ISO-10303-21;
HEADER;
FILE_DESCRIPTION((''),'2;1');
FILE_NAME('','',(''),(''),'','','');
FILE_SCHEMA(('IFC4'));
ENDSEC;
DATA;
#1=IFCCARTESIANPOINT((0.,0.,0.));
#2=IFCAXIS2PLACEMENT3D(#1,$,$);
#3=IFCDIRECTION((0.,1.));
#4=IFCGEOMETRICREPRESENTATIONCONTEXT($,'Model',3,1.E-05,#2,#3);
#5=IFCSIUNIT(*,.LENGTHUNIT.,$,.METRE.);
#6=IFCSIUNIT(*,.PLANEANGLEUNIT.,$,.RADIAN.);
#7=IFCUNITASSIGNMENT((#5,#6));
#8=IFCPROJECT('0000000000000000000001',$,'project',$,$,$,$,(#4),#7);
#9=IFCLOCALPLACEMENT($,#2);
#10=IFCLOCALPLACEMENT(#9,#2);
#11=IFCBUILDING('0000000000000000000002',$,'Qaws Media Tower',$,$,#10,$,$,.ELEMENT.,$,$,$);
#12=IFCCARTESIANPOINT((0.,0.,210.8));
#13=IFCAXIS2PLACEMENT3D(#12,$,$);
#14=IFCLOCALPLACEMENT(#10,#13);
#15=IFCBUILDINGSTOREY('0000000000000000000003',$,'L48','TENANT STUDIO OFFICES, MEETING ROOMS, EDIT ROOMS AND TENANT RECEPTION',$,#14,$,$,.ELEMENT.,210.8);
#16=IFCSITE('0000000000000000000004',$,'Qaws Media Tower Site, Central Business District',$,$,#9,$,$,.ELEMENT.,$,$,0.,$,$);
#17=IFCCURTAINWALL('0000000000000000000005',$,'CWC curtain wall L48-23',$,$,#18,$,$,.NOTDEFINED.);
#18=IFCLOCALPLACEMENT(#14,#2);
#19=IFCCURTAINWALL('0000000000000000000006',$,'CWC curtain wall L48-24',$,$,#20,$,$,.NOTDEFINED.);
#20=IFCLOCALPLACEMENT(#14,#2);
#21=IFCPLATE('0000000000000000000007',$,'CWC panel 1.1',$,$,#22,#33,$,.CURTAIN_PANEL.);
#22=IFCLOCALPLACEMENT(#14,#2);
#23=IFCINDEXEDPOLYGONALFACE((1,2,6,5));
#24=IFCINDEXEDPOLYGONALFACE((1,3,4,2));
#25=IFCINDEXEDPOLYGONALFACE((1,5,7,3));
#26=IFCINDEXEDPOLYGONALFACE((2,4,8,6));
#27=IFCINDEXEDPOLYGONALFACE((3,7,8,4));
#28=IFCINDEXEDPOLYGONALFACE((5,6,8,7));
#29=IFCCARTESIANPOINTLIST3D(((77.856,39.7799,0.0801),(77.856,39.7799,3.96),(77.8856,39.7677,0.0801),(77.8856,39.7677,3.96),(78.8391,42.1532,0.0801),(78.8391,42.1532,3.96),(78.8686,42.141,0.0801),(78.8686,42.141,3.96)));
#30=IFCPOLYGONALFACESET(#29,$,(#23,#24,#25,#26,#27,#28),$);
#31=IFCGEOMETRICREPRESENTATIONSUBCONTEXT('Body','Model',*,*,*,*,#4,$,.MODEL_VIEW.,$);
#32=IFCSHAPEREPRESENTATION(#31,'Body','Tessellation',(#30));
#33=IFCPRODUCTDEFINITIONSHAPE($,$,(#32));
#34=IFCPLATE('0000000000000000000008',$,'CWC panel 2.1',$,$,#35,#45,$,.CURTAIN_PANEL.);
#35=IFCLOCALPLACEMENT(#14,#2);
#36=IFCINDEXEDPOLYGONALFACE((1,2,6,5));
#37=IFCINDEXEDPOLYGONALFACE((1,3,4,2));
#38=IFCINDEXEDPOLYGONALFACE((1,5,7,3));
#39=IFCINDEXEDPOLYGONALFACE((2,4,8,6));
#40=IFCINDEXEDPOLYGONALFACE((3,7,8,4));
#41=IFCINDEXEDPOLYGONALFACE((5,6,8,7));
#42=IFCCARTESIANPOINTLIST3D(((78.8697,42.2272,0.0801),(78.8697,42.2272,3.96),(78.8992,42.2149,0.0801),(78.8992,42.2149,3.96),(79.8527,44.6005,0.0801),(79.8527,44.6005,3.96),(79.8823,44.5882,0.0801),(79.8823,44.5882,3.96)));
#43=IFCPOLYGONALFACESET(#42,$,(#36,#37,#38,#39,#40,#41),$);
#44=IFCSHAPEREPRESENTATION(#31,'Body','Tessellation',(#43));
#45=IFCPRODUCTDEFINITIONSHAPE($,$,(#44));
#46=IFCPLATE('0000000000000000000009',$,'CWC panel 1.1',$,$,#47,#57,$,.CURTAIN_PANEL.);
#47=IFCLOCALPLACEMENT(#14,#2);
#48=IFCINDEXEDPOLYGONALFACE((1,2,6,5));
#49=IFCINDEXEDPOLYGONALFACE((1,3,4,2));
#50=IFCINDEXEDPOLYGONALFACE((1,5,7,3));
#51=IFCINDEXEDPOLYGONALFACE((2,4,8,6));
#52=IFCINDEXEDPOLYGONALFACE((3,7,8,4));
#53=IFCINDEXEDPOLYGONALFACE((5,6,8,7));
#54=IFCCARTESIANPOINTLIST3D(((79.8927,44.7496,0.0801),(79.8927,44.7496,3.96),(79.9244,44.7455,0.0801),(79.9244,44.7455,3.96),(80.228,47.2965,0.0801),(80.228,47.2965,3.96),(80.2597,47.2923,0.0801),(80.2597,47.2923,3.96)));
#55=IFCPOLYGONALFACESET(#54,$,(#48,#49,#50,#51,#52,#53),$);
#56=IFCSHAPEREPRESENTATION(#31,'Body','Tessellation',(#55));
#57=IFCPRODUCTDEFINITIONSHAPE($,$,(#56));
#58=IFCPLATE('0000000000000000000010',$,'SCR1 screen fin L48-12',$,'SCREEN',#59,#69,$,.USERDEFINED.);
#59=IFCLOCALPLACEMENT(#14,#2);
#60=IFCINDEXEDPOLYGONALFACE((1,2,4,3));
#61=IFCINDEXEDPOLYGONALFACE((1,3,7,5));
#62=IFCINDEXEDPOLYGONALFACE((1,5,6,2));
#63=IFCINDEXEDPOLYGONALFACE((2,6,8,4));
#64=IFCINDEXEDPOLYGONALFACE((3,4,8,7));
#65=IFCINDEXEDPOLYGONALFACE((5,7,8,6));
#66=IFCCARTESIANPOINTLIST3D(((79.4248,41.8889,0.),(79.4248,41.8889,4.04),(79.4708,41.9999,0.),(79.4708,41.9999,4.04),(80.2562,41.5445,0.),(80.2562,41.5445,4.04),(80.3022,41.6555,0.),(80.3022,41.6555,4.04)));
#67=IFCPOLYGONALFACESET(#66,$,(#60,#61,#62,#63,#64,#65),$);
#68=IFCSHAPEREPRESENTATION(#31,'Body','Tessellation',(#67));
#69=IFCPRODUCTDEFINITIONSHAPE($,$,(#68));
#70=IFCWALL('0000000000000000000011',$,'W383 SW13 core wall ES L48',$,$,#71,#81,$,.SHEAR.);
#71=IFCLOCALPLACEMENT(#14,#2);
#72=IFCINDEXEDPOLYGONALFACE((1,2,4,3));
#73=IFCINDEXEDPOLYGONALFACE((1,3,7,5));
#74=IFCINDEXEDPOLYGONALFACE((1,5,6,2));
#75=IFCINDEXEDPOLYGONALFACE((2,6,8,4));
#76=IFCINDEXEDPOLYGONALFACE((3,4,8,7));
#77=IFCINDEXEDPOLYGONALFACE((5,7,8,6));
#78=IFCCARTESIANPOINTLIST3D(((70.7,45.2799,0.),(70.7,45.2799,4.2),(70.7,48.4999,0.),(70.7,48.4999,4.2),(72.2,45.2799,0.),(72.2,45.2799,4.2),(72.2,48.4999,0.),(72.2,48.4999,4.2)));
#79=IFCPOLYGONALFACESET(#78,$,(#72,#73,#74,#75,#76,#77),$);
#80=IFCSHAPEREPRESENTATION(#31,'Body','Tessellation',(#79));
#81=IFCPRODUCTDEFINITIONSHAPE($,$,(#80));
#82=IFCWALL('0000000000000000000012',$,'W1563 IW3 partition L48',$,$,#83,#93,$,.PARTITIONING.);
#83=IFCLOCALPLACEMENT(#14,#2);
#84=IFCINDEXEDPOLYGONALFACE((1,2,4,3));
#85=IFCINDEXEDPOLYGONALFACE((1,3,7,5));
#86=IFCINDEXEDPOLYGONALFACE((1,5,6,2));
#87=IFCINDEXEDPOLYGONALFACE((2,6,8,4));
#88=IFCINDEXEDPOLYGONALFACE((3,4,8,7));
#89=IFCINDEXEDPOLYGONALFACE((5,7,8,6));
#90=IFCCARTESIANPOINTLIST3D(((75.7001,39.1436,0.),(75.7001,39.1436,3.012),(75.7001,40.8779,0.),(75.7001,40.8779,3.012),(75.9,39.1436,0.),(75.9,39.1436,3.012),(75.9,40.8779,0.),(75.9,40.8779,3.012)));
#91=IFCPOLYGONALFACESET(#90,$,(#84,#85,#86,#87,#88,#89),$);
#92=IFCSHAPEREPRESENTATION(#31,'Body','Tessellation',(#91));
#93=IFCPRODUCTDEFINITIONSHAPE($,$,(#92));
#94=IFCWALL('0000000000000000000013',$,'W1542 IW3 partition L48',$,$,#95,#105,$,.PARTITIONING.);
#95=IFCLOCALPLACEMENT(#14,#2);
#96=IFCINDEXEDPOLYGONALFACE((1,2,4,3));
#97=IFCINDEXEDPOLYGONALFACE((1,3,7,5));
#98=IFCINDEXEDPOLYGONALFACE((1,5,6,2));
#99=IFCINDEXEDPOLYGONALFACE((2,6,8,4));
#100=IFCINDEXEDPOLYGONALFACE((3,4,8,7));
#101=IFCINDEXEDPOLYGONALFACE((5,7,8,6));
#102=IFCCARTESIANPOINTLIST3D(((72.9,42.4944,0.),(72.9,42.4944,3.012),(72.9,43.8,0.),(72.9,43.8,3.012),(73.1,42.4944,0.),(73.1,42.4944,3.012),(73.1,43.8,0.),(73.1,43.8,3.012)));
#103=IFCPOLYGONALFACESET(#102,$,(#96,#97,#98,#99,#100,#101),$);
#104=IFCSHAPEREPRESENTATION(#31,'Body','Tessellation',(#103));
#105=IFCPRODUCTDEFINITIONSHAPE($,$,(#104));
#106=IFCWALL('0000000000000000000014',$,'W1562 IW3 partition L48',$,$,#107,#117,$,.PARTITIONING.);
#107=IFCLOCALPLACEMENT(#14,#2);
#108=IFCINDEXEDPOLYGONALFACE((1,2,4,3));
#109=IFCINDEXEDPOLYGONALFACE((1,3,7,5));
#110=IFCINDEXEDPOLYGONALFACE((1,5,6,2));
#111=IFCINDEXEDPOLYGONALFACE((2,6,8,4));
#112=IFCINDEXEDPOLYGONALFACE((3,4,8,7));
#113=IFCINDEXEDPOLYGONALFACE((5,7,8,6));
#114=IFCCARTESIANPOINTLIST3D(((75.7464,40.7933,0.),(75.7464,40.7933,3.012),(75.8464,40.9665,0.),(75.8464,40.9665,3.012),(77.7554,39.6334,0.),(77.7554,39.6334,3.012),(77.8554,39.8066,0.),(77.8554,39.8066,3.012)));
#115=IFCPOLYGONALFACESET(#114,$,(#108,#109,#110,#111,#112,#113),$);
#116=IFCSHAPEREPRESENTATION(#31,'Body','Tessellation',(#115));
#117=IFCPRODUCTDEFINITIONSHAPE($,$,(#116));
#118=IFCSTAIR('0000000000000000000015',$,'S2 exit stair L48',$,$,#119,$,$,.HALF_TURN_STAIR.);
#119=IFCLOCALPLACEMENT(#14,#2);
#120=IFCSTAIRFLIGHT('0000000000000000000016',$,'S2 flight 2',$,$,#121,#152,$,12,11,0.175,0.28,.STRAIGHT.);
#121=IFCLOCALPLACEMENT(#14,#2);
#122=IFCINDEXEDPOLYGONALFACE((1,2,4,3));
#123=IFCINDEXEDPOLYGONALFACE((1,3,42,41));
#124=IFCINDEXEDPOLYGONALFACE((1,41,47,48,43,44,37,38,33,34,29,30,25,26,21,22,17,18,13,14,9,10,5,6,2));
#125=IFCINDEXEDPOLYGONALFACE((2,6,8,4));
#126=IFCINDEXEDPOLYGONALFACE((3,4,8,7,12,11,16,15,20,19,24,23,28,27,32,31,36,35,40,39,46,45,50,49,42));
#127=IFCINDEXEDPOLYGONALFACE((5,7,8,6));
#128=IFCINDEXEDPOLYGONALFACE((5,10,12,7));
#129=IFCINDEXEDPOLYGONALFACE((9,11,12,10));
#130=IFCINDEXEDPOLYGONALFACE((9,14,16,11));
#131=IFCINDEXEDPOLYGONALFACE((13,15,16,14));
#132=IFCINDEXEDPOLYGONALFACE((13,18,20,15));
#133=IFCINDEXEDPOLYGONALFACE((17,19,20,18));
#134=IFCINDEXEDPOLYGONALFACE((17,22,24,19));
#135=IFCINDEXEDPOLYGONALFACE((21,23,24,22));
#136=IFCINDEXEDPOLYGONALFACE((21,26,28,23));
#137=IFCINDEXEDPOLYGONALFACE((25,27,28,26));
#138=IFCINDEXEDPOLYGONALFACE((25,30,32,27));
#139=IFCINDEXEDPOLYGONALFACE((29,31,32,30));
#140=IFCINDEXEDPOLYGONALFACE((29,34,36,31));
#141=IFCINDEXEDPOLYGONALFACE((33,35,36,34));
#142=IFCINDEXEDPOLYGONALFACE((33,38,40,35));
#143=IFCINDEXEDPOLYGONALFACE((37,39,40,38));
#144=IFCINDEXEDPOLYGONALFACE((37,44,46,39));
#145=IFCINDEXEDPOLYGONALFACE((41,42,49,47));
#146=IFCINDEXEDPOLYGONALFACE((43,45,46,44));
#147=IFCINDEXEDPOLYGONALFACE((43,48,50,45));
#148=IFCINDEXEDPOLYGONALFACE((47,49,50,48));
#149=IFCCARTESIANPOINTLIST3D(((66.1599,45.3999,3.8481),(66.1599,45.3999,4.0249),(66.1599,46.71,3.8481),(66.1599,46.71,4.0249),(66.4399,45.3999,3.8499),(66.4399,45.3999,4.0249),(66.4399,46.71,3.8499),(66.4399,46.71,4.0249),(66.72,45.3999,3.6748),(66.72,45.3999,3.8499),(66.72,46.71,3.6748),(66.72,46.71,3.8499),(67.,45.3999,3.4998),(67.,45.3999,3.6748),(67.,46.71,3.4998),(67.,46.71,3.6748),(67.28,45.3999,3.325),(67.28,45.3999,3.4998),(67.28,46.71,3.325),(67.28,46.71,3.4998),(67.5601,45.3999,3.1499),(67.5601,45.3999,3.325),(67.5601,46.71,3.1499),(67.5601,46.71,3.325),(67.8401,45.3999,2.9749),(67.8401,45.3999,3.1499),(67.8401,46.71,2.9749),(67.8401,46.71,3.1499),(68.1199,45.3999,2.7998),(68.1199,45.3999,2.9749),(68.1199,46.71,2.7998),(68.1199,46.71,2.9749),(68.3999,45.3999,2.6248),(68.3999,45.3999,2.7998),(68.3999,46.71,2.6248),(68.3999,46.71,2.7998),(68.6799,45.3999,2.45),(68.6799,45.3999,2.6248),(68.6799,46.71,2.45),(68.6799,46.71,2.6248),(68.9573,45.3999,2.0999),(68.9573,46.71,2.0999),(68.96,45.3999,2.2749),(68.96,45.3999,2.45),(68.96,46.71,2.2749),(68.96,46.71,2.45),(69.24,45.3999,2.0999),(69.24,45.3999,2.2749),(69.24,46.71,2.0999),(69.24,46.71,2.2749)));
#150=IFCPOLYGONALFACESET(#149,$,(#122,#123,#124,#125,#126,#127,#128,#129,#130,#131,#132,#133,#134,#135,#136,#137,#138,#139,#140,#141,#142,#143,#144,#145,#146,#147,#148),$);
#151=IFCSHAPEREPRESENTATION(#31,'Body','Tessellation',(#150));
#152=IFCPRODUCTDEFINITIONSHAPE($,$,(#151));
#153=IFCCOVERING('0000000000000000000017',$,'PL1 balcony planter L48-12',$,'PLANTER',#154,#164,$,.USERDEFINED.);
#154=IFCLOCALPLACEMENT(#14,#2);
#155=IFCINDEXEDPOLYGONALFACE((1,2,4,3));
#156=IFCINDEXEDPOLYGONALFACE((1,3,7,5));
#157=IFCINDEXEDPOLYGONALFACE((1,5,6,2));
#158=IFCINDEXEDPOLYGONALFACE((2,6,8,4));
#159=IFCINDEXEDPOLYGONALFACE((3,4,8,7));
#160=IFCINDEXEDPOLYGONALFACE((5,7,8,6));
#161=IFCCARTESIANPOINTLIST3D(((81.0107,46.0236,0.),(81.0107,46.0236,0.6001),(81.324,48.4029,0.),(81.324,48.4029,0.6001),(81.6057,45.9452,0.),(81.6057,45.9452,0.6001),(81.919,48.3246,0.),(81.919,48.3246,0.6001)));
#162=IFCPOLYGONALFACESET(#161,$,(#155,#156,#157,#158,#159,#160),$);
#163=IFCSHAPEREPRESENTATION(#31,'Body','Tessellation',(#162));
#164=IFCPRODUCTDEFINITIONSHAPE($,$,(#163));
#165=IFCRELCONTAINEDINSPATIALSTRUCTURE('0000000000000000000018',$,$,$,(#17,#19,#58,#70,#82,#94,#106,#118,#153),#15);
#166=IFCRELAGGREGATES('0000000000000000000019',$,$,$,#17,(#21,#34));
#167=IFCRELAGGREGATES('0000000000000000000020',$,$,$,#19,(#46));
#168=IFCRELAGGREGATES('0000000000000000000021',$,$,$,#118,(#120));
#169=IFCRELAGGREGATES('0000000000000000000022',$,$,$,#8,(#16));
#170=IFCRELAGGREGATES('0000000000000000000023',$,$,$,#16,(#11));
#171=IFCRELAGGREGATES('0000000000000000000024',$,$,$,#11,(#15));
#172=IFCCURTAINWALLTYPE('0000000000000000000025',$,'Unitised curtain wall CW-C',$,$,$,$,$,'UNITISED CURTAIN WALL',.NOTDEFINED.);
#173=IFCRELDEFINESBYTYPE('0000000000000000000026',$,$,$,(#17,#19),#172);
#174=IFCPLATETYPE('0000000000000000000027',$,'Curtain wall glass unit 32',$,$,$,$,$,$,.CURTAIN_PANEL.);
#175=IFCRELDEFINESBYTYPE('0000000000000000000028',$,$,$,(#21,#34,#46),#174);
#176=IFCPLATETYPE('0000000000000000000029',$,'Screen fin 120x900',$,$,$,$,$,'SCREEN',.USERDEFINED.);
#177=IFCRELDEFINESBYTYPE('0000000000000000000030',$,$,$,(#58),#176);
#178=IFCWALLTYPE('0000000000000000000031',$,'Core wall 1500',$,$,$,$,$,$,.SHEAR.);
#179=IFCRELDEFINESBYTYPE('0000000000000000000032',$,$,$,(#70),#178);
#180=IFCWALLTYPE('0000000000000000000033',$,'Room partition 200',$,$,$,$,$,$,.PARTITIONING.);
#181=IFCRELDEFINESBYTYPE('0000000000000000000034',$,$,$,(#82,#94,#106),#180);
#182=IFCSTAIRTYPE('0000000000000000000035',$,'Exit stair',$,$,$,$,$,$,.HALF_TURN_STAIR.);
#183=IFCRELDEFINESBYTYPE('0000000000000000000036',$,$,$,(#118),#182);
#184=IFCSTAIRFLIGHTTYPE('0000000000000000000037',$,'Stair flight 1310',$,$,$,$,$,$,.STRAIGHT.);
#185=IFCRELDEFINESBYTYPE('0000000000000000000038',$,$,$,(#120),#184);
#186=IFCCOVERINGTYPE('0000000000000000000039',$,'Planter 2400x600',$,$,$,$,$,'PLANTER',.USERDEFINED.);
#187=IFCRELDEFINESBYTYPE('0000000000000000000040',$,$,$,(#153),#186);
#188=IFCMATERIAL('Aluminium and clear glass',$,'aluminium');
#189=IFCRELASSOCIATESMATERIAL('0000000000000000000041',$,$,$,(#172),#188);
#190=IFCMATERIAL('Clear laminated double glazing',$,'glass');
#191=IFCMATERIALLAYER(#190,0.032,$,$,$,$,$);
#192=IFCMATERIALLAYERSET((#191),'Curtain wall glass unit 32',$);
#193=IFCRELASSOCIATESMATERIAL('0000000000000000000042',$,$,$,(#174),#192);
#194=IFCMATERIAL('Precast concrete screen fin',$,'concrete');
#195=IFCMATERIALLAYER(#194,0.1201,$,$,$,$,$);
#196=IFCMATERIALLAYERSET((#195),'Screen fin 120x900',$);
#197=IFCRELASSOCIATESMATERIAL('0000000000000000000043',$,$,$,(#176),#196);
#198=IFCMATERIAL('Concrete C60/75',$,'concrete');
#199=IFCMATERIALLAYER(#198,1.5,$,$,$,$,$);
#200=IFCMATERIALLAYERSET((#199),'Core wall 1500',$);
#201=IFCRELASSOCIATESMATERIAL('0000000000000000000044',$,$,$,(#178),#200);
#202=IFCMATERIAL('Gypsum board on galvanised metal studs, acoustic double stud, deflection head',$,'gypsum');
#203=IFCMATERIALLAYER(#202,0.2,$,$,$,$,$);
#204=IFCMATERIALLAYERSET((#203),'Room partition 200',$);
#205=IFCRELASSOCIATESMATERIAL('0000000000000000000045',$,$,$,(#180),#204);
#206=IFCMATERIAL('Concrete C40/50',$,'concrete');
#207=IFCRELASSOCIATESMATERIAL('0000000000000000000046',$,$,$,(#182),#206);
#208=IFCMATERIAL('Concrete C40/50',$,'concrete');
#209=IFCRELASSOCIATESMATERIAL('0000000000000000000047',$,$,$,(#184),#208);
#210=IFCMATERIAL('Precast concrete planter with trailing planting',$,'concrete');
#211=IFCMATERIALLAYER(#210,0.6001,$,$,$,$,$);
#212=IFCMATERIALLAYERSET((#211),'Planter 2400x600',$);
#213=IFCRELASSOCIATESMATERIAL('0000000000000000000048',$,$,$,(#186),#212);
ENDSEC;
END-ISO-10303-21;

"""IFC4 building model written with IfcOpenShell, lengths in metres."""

from ifc_helpers import new_model, si_unit, direction, frame, frame_2d, origin, origin_2d, place, context, subcontext, project, spatial, polyline, rectangle, outline, extrude, material, layer, layer_set, type_object, element, aggregate, save


model = new_model("IFC4")

# Units and contexts
model_context = context("Model", 3, precision=1e-05, world=origin(), true_north=direction((0.0, 1.0)))
body_context = subcontext(model_context, "Body", "Model", "MODEL_VIEW")
ifc_project = project(units=[si_unit("LENGTHUNIT", "METRE"), si_unit("PLANEANGLEUNIT", "RADIAN")], contexts=[model_context])

# Site, building, storey
site_placement = place(None, origin())
site = spatial("IfcSite", under=ifc_project, at=site_placement, Name="Qaws Media Tower Site, Central Business District", CompositionType="ELEMENT", RefElevation=0.0)
building_placement = place(site_placement, origin())
building = spatial("IfcBuilding", under=site, at=building_placement, Name="Qaws Media Tower", CompositionType="ELEMENT")
storey_placement = place(building_placement, frame((0.0, 0.0, 210.8)))
storey = spatial("IfcBuildingStorey", under=building, at=storey_placement, Name="L48", Description="TENANT STUDIO OFFICES, MEETING ROOMS, EDIT ROOMS AND TENANT RECEPTION", CompositionType="ELEMENT", Elevation=210.8)

# Curtain walls
ifc_material_1 = material(Name="Aluminium and clear glass", Category="aluminium")
curtain_wall_type = type_object("IfcCurtainWallType", Name="Unitised curtain wall CW-C", ElementType="UNITISED CURTAIN WALL", PredefinedType="NOTDEFINED", material=ifc_material_1)
curtain_wall_1_placement = place(storey_placement, origin())
curtain_wall_1 = element("IfcCurtainWall", 1, at=curtain_wall_1_placement, inside=storey, type_object=curtain_wall_type, Name="CWC curtain wall L48-23", PredefinedType="NOTDEFINED")
curtain_wall_2_placement = place(storey_placement, origin())
curtain_wall_2 = element("IfcCurtainWall", 2, at=curtain_wall_2_placement, inside=storey, type_object=curtain_wall_type, Name="CWC curtain wall L48-24", PredefinedType="NOTDEFINED")

# Plates
ifc_material_2 = material(Name="Clear laminated double glazing", Category="glass")
ifc_layer_1 = layer(ifc_material_2, 0.032)
ifc_layer_set_1 = layer_set([ifc_layer_1], Name="Curtain wall glass unit 32")
plate_type_1 = type_object("IfcPlateType", Name="Curtain wall glass unit 32", PredefinedType="CURTAIN_PANEL", material=ifc_layer_set_1)
plate_1_placement = place(storey_placement, frame((78.3623, 40.9604, 0.0801), z_axis=(0.0, 0.0, 1.0), x_axis=(0.382683, 0.92388, 0.0)))
plate_1 = element("IfcPlate", 3, at=plate_1_placement, type_object=plate_type_1, Name="CWC panel 1.1", PredefinedType="CURTAIN_PANEL", context=body_context, shape_type="SweptSolid", body=[
    extrude(rectangle(XDim=2.5688, YDim=0.032, at=origin_2d()), origin(), (0.0, 0.0, 1.0), 3.8799),
])
plate_2_placement = place(storey_placement, frame((79.376, 43.4077, 0.0801), z_axis=(0.0, 0.0, 1.0), x_axis=(0.382683, 0.92388, 0.0)))
plate_2 = element("IfcPlate", 4, at=plate_2_placement, type_object=plate_type_1, Name="CWC panel 2.1", PredefinedType="CURTAIN_PANEL", context=body_context, shape_type="SweptSolid", body=[
    extrude(rectangle(XDim=2.5688, YDim=0.032, at=origin_2d()), origin(), (0.0, 0.0, 1.0), 3.8799),
])
aggregate(curtain_wall_1, [plate_1, plate_2])
plate_3_placement = place(storey_placement, frame((80.0762, 46.021, 0.0801), z_axis=(0.0, 0.0, 1.0), x_axis=(0.130526, 0.991445, 0.0)))
plate_3 = element("IfcPlate", 5, at=plate_3_placement, type_object=plate_type_1, Name="CWC panel 1.1", PredefinedType="CURTAIN_PANEL", context=body_context, shape_type="SweptSolid", body=[
    extrude(rectangle(XDim=2.5688, YDim=0.032, at=origin_2d()), origin(), (0.0, 0.0, 1.0), 3.8799),
])
aggregate(curtain_wall_2, [plate_3])
ifc_material_3 = material(Name="Precast concrete screen fin", Category="concrete")
ifc_layer_2 = layer(ifc_material_3, 0.1201)
ifc_layer_set_2 = layer_set([ifc_layer_2], Name="Screen fin 120x900")
plate_type_2 = type_object("IfcPlateType", Name="Screen fin 120x900", ElementType="SCREEN", PredefinedType="USERDEFINED", material=ifc_layer_set_2)
plate_4_placement = place(storey_placement, frame((79.8635, 41.7722, 0.0), z_axis=(0.0, 0.0, 1.0), x_axis=(0.92388, -0.382683, 0.0)))
element("IfcPlate", 6, at=plate_4_placement, inside=storey, type_object=plate_type_2, Name="SCR1 screen fin L48-12", ObjectType="SCREEN", PredefinedType="USERDEFINED", context=body_context, shape_type="SweptSolid", body=[
    extrude(rectangle(XDim=0.8999, YDim=0.1201, at=origin_2d()), origin(), (0.0, 0.0, 1.0), 4.04),
])

# Walls
ifc_material_4 = material(Name="Concrete C60/75", Category="concrete")
ifc_layer_3 = layer(ifc_material_4, 1.5)
ifc_layer_set_3 = layer_set([ifc_layer_3], Name="Core wall 1500")
wall_type_1 = type_object("IfcWallType", Name="Core wall 1500", PredefinedType="SHEAR", material=ifc_layer_set_3)
wall_1_placement = place(storey_placement, frame((71.45, 45.28, 0.0), z_axis=(0.0, 0.0, 1.0), x_axis=(0.0, 1.0, 0.0)))
element("IfcWall", 7, at=wall_1_placement, inside=storey, type_object=wall_type_1, Name="W383 SW13 core wall ES L48", PredefinedType="SHEAR", context=body_context, shape_type="SweptSolid", body=[
    extrude(rectangle(XDim=3.22, YDim=1.5, at=frame_2d((1.6099, 0.0))), origin(), (0.0, 0.0, 1.0), 4.2),
])
ifc_material_5 = material(Name="Gypsum board on galvanised metal studs, acoustic double stud, deflection head", Category="gypsum")
ifc_layer_4 = layer(ifc_material_5, 0.2)
ifc_layer_set_4 = layer_set([ifc_layer_4], Name="Room partition 200")
wall_type_2 = type_object("IfcWallType", Name="Room partition 200", PredefinedType="PARTITIONING", material=ifc_layer_set_4)
wall_2_placement = place(storey_placement, frame((75.8, 40.8779, 0.0), z_axis=(0.0, 0.0, 1.0), x_axis=(0.0, -1.0, 0.0)))
element("IfcWall", 8, at=wall_2_placement, inside=storey, type_object=wall_type_2, Name="W1563 IW3 partition L48", PredefinedType="PARTITIONING", context=body_context, shape_type="SweptSolid", body=[
    extrude(rectangle(XDim=1.7344, YDim=0.2, at=frame_2d((0.8672, 0.0))), origin(), (0.0, 0.0, 1.0), 3.012),
])
wall_3_placement = place(storey_placement, frame((73.0, 42.4944, 0.0), z_axis=(0.0, 0.0, 1.0), x_axis=(0.0, 1.0, 0.0)))
element("IfcWall", 9, at=wall_3_placement, inside=storey, type_object=wall_type_2, Name="W1542 IW3 partition L48", PredefinedType="PARTITIONING", context=body_context, shape_type="SweptSolid", body=[
    extrude(rectangle(XDim=1.3057, YDim=0.2, at=frame_2d((0.6528, 0.0))), origin(), (0.0, 0.0, 1.0), 3.012),
])
wall_4_placement = place(storey_placement, frame((75.7964, 40.8799, 0.0), z_axis=(0.0, 0.0, 1.0), x_axis=(0.866026, -0.499999, 0.0)))
element("IfcWall", 10, at=wall_4_placement, inside=storey, type_object=wall_type_2, Name="W1562 IW3 partition L48", PredefinedType="PARTITIONING", context=body_context, shape_type="SweptSolid", body=[
    extrude(rectangle(XDim=2.3198, YDim=0.2, at=frame_2d((1.1599, 0.0))), origin(), (0.0, 0.0, 1.0), 3.012),
])

# Stair, stair flight
ifc_material_6 = material(Name="Concrete C40/50", Category="concrete")
stair_type = type_object("IfcStairType", Name="Exit stair", PredefinedType="HALF_TURN_STAIR", material=ifc_material_6)
stair_placement = place(storey_placement, origin())
stair = element("IfcStair", 11, at=stair_placement, inside=storey, type_object=stair_type, Name="S2 exit stair L48", PredefinedType="HALF_TURN_STAIR")
ifc_material_7 = material(Name="Concrete C40/50", Category="concrete")
stair_flight_type = type_object("IfcStairFlightType", Name="Stair flight 1310", PredefinedType="STRAIGHT", material=ifc_material_7)
stair_flight_placement = place(storey_placement, frame((69.24, 46.0549, 2.0999), z_axis=(0.0, 0.0, 1.0), x_axis=(-1.0, 0.0, 0.0)))
stair_flight = element("IfcStairFlight", 12, at=stair_flight_placement, type_object=stair_flight_type, Name="S2 flight 2", NumberOfRisers=12, NumberOfTreads=11, PredefinedType="STRAIGHT", RiserHeight=0.175, TreadLength=0.28, context=body_context, shape_type="SweptSolid", body=[
    extrude(outline(polyline([(0.0, 0.0), (0.0, 0.175), (0.28, 0.175), (0.28, 0.3501), (0.5601, 0.3501), (0.5601, 0.5249), (0.8401, 0.5249), (0.8401, 0.7), (1.1201, 0.7), (1.1201, 0.875), (1.3999, 0.875), (1.3999, 1.05), (1.6799, 1.05), (1.6799, 1.2251), (1.96, 1.2251), (1.96, 1.3999), (2.24, 1.3999), (2.24, 1.575), (2.52, 1.575), (2.52, 1.75), (2.8, 1.75), (2.8, 1.925), (3.0801, 1.925), (3.0801, 2.1001), (3.0801, 1.7483), (0.2827, 0.0), (0.0, 0.0)])), frame((0.0, 0.655, 0.0), z_axis=(0.0, -1.0, 0.0), x_axis=(1.0, 0.0, 0.0)), (0.0, 0.0, 1.0), 1.3101),
])
aggregate(stair, [stair_flight])

# Covering
ifc_material_8 = material(Name="Precast concrete planter with trailing planting", Category="concrete")
ifc_layer_5 = layer(ifc_material_8, 0.6001)
ifc_layer_set_5 = layer_set([ifc_layer_5], Name="Planter 2400x600")
covering_type = type_object("IfcCoveringType", Name="Planter 2400x600", ElementType="PLANTER", PredefinedType="USERDEFINED", material=ifc_layer_set_5)
covering_placement = place(storey_placement, frame((81.4648, 47.1741, 0.0), z_axis=(0.0, 0.0, 1.0), x_axis=(0.130526, 0.991445, 0.0)))
element("IfcCovering", 13, at=covering_placement, inside=storey, type_object=covering_type, Name="PL1 balcony planter L48-12", ObjectType="PLANTER", PredefinedType="USERDEFINED", context=body_context, shape_type="SweptSolid", body=[
    extrude(rectangle(XDim=2.3999, YDim=0.6001, at=origin_2d()), origin(), (0.0, 0.0, 1.0), 0.6001),
])

save(model, "model.ifc")
